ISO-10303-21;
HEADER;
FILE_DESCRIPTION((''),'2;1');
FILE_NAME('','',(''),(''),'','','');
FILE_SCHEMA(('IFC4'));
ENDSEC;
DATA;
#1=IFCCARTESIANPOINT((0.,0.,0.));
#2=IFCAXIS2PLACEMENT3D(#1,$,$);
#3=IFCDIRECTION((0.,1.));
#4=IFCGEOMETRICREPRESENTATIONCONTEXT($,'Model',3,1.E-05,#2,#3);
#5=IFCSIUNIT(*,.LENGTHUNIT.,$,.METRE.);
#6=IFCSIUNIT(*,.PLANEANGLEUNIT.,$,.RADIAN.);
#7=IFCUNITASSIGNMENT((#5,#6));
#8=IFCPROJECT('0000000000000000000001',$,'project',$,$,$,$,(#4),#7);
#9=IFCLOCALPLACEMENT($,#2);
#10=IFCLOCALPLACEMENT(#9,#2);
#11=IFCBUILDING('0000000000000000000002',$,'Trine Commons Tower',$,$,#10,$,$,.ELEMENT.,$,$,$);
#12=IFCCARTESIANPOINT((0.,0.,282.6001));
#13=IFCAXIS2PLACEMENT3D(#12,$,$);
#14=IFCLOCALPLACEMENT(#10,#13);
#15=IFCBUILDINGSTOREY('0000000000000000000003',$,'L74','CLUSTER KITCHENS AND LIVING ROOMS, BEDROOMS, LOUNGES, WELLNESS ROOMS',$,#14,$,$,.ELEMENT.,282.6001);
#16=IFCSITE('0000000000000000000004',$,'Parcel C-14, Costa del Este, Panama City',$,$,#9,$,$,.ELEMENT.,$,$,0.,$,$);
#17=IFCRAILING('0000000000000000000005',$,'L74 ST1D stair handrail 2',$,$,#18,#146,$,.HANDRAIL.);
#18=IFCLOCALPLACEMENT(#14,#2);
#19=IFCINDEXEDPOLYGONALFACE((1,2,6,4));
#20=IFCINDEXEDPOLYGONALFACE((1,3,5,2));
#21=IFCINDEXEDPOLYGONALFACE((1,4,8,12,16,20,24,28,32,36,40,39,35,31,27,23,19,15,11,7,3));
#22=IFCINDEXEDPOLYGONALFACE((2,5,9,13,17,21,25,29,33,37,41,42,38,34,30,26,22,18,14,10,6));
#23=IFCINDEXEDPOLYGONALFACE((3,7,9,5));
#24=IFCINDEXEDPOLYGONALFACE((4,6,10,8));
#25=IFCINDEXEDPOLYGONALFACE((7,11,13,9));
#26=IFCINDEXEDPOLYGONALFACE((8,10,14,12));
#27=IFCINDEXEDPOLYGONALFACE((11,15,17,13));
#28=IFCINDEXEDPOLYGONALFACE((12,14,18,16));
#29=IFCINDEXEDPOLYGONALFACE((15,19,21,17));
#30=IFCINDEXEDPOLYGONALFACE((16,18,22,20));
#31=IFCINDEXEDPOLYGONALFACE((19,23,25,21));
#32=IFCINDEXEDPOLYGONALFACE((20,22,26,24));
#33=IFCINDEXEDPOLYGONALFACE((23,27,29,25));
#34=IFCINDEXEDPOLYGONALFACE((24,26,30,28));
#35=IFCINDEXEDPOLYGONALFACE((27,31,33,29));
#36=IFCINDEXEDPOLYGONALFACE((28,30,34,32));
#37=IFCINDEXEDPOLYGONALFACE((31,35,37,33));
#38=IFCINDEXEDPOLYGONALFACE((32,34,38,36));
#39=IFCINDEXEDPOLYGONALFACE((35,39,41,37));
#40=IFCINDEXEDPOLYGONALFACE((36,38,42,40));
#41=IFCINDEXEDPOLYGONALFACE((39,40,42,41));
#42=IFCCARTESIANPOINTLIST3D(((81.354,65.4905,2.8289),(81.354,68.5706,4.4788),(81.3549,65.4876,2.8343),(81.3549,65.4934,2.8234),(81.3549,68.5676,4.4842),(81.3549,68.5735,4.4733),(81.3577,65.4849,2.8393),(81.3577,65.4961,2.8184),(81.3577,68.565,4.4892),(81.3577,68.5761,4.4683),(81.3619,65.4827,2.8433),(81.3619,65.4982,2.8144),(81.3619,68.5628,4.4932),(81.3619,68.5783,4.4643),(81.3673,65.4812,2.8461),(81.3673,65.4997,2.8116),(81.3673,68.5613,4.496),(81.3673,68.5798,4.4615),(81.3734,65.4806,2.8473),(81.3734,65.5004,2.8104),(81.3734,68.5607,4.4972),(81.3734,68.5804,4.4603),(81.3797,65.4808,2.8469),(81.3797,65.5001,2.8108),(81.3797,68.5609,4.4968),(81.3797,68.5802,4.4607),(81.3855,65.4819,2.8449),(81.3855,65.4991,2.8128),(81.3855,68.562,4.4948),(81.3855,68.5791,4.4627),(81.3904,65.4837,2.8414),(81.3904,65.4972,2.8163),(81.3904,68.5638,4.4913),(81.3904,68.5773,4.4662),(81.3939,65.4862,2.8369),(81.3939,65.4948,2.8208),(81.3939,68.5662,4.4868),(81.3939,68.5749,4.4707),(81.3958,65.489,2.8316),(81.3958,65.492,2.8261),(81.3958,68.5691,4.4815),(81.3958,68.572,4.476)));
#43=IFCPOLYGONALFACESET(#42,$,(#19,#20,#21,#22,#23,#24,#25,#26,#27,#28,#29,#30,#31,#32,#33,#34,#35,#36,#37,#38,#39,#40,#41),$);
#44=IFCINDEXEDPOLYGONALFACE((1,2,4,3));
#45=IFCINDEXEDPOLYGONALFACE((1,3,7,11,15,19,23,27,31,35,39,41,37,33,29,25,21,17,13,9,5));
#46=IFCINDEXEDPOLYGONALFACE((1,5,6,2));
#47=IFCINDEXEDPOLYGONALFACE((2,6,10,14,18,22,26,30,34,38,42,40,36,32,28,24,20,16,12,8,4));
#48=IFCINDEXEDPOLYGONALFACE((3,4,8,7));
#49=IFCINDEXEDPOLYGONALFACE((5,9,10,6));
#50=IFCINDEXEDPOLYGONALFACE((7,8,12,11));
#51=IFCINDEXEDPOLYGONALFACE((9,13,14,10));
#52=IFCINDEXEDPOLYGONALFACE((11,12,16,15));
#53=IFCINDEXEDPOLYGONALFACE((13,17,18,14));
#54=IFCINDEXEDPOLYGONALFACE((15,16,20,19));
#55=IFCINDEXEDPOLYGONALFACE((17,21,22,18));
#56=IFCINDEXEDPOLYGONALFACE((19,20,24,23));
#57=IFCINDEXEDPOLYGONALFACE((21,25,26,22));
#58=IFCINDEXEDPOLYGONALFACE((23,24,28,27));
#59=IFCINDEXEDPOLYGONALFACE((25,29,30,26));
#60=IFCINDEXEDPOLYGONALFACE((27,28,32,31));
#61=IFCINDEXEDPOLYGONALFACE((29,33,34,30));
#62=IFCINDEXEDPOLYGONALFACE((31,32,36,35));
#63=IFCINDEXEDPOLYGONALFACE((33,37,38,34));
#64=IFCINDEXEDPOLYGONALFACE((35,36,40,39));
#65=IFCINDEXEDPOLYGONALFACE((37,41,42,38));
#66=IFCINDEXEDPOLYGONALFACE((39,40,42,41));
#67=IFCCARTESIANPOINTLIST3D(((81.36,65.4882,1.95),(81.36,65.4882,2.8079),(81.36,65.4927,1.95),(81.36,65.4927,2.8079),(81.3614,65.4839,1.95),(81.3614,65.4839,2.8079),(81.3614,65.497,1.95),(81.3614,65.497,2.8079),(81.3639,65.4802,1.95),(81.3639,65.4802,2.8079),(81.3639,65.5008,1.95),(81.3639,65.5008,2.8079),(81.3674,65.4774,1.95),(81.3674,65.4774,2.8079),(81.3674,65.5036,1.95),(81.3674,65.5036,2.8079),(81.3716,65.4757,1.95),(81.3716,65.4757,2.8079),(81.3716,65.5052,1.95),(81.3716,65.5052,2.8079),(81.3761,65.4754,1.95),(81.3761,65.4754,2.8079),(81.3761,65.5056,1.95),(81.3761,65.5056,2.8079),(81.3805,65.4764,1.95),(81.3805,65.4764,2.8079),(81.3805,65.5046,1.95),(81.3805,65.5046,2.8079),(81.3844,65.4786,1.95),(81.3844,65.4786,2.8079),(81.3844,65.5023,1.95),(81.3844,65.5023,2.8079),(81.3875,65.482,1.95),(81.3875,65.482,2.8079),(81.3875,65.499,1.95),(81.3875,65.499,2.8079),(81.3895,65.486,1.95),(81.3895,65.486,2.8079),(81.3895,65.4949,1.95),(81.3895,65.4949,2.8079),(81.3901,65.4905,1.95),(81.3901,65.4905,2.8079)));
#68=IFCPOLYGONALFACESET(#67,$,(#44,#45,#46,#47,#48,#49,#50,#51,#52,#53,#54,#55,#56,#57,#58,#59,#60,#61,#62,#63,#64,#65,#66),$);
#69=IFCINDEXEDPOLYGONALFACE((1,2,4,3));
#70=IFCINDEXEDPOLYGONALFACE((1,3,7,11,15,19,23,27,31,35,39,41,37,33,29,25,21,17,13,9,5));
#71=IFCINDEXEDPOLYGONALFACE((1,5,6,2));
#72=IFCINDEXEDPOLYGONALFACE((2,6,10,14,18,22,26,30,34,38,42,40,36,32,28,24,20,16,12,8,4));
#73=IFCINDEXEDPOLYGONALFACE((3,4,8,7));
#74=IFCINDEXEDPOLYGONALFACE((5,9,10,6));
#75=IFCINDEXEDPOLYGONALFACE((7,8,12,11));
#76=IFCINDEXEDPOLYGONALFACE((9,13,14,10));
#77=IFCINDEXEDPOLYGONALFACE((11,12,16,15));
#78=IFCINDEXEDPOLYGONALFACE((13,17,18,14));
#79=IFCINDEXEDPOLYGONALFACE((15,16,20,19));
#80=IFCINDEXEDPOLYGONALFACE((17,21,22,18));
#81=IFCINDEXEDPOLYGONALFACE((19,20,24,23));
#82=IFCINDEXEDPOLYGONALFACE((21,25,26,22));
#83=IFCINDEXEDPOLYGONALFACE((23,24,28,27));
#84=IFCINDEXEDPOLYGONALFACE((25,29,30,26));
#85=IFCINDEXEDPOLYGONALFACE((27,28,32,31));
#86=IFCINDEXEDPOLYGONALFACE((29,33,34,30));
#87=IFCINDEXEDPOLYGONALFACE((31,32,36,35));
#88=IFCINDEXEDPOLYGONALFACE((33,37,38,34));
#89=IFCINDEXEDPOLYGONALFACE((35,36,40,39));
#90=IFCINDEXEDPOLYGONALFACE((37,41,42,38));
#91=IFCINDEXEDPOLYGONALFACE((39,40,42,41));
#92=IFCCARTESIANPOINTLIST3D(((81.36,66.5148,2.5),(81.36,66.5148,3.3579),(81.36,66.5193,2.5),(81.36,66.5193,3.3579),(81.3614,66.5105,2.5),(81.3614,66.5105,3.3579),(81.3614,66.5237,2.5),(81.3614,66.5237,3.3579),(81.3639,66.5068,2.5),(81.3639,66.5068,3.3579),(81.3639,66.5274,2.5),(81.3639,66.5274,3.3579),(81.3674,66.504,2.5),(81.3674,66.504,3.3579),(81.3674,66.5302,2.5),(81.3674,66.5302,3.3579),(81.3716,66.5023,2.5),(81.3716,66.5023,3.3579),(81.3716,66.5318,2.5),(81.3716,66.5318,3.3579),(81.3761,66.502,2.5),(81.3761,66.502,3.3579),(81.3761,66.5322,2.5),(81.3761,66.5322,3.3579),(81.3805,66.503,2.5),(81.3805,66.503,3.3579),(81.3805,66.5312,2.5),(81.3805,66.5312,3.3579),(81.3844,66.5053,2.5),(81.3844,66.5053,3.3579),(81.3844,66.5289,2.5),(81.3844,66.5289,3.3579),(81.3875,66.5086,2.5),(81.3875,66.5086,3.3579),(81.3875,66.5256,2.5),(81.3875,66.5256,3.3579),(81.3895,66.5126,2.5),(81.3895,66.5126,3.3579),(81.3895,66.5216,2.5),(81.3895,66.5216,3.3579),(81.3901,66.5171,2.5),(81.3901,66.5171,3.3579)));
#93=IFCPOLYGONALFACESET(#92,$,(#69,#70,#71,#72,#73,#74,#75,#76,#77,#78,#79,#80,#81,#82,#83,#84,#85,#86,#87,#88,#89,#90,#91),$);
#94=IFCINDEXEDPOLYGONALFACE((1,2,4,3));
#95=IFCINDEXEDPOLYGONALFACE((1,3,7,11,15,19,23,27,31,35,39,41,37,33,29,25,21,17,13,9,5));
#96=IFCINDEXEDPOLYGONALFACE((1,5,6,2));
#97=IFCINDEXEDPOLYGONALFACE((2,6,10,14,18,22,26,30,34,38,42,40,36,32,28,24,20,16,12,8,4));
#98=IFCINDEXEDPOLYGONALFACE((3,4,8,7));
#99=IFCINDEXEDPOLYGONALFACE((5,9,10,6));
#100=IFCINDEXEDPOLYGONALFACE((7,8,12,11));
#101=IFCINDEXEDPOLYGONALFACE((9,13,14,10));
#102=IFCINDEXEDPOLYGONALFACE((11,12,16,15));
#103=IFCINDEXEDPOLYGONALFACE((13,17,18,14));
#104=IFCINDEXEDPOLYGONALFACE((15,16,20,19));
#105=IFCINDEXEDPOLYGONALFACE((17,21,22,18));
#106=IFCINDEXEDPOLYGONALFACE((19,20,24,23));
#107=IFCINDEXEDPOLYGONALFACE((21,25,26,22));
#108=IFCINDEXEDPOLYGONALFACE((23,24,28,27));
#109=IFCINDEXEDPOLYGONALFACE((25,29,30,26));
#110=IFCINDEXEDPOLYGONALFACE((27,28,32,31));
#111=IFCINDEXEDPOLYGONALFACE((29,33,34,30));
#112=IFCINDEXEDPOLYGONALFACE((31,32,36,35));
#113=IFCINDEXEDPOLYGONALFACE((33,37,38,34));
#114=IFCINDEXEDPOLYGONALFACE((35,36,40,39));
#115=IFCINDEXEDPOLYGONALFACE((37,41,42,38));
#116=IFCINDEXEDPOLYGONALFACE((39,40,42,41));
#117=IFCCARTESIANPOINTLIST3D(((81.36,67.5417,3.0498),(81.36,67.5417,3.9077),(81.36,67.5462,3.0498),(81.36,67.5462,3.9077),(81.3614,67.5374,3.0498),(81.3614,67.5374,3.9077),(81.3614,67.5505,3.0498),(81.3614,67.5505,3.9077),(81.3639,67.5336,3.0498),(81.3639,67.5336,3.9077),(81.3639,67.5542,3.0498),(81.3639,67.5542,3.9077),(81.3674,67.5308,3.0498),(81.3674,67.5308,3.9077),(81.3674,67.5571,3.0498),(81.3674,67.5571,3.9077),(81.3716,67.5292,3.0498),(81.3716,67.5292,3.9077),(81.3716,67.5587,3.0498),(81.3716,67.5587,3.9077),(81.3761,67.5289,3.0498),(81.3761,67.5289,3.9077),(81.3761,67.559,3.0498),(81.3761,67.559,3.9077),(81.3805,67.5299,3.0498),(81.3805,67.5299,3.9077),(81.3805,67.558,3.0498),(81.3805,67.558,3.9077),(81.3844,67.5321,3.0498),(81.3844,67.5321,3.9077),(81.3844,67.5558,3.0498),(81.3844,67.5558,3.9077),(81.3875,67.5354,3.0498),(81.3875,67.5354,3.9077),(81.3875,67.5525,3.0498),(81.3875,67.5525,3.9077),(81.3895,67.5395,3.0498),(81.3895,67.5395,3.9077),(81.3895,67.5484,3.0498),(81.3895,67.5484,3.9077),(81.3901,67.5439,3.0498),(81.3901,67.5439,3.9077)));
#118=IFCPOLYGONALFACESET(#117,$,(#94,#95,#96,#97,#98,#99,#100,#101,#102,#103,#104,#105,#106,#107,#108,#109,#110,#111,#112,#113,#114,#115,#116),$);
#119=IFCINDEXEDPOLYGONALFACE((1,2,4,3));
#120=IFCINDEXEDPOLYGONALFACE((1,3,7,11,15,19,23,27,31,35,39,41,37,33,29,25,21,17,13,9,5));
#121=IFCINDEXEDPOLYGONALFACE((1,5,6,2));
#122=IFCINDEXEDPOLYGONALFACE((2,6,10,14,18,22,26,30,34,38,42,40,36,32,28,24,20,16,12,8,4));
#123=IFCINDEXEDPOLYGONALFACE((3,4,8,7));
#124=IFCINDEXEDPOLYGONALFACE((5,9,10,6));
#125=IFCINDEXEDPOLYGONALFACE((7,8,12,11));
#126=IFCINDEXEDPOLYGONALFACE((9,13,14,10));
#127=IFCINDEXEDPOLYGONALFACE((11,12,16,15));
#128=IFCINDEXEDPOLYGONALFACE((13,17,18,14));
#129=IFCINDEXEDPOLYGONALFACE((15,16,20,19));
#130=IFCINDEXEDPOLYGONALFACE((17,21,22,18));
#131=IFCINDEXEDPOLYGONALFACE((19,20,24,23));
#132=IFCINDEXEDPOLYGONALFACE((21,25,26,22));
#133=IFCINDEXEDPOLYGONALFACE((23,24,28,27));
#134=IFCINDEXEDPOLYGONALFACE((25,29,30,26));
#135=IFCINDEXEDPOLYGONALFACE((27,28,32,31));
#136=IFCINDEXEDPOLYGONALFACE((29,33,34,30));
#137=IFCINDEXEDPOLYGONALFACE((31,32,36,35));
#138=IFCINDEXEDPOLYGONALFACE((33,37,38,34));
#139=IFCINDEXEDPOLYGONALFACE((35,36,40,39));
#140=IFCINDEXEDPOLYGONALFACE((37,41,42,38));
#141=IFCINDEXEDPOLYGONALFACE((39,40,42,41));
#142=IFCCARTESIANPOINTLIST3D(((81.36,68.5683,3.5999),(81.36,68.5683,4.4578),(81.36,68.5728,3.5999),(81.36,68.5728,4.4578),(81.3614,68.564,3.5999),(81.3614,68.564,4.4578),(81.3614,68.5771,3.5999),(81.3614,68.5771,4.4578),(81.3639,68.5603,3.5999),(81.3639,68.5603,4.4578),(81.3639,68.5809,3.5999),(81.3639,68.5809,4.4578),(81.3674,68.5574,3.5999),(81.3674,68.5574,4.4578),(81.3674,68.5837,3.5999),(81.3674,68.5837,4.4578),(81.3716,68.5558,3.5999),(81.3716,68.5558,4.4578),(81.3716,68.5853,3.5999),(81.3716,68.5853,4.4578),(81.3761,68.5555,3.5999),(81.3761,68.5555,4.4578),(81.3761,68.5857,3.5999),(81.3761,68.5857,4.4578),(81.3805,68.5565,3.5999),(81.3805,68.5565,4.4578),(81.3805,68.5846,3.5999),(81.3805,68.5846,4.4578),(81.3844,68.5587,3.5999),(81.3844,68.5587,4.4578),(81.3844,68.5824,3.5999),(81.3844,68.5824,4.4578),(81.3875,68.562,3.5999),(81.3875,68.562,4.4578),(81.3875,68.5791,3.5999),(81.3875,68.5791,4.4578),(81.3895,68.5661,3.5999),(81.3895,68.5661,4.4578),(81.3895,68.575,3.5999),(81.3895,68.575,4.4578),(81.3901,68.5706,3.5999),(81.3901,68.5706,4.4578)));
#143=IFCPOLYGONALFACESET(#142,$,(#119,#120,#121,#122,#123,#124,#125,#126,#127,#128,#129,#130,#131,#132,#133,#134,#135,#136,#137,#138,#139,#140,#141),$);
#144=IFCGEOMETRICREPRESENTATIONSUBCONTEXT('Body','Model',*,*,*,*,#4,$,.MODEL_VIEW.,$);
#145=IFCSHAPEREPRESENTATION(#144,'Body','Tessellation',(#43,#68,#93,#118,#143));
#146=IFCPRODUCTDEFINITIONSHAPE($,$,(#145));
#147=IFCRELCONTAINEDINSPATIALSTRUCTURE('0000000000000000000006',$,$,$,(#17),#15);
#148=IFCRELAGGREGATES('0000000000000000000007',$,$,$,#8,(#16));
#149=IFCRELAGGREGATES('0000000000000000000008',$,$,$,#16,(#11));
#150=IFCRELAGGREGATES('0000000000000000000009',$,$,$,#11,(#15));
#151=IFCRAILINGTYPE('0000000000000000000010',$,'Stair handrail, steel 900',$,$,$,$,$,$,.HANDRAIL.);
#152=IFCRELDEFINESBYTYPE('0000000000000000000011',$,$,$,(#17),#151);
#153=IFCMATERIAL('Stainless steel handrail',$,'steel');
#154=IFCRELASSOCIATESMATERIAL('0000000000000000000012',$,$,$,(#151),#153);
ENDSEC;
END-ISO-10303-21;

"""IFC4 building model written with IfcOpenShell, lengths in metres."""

from ifc_helpers import new_model, si_unit, direction, frame, origin, origin_2d, place, context, subcontext, project, spatial, circle, extrude, material, type_object, element, save


model = new_model("IFC4")

# Units and contexts
model_context = context("Model", 3, precision=1e-05, world=origin(), true_north=direction((0.0, 1.0)))
body_context = subcontext(model_context, "Body", "Model", "MODEL_VIEW")
ifc_project = project(units=[si_unit("LENGTHUNIT", "METRE"), si_unit("PLANEANGLEUNIT", "RADIAN")], contexts=[model_context])

# Site, building, storey
site_placement = place(None, origin())
site = spatial("IfcSite", under=ifc_project, at=site_placement, Name="Parcel C-14, Costa del Este, Panama City", CompositionType="ELEMENT", RefElevation=0.0)
building_placement = place(site_placement, origin())
building = spatial("IfcBuilding", under=site, at=building_placement, Name="Trine Commons Tower", CompositionType="ELEMENT")
storey_placement = place(building_placement, frame((0.0, 0.0, 282.6001)))
storey = spatial("IfcBuildingStorey", under=building, at=storey_placement, Name="L74", Description="CLUSTER KITCHENS AND LIVING ROOMS, BEDROOMS, LOUNGES, WELLNESS ROOMS", CompositionType="ELEMENT", Elevation=282.6001)

# Railing
ifc_material_1 = material(Name="Stainless steel handrail", Category="steel")
railing_type_1 = type_object("IfcRailingType", Name="Stair handrail, steel 900", PredefinedType="HANDRAIL", material=ifc_material_1)
railing_1_placement = place(storey_placement, frame((81.375, 65.4905, 1.95)))
element("IfcRailing", 1, at=railing_1_placement, inside=storey, type_object=railing_type_1, Name="L74 ST1D stair handrail 2", PredefinedType="HANDRAIL", context=body_context, shape_type="SweptSolid", body=[
    extrude(circle(Radius=0.021, at=origin_2d()), frame((0.0, 0.0, 0.8789), z_axis=(0.0, 0.881497, 0.47219), x_axis=(-1.0, 0.0, 0.0)), (0.0, 0.0, 1.0), 3.4941),
    extrude(circle(Radius=0.0151, at=origin_2d()), origin(), (0.0, 0.0, 1.0), 0.8579),
    extrude(circle(Radius=0.0151, at=origin_2d()), frame((0.0, 1.0266, 0.55)), (0.0, 0.0, 1.0), 0.8579),
    extrude(circle(Radius=0.0151, at=origin_2d()), frame((0.0, 2.0535, 1.0999)), (0.0, 0.0, 1.0), 0.8579),
    extrude(circle(Radius=0.0151, at=origin_2d()), frame((0.0, 3.0801, 1.6499)), (0.0, 0.0, 1.0), 0.8579),
])

save(model, "model.ifc")
